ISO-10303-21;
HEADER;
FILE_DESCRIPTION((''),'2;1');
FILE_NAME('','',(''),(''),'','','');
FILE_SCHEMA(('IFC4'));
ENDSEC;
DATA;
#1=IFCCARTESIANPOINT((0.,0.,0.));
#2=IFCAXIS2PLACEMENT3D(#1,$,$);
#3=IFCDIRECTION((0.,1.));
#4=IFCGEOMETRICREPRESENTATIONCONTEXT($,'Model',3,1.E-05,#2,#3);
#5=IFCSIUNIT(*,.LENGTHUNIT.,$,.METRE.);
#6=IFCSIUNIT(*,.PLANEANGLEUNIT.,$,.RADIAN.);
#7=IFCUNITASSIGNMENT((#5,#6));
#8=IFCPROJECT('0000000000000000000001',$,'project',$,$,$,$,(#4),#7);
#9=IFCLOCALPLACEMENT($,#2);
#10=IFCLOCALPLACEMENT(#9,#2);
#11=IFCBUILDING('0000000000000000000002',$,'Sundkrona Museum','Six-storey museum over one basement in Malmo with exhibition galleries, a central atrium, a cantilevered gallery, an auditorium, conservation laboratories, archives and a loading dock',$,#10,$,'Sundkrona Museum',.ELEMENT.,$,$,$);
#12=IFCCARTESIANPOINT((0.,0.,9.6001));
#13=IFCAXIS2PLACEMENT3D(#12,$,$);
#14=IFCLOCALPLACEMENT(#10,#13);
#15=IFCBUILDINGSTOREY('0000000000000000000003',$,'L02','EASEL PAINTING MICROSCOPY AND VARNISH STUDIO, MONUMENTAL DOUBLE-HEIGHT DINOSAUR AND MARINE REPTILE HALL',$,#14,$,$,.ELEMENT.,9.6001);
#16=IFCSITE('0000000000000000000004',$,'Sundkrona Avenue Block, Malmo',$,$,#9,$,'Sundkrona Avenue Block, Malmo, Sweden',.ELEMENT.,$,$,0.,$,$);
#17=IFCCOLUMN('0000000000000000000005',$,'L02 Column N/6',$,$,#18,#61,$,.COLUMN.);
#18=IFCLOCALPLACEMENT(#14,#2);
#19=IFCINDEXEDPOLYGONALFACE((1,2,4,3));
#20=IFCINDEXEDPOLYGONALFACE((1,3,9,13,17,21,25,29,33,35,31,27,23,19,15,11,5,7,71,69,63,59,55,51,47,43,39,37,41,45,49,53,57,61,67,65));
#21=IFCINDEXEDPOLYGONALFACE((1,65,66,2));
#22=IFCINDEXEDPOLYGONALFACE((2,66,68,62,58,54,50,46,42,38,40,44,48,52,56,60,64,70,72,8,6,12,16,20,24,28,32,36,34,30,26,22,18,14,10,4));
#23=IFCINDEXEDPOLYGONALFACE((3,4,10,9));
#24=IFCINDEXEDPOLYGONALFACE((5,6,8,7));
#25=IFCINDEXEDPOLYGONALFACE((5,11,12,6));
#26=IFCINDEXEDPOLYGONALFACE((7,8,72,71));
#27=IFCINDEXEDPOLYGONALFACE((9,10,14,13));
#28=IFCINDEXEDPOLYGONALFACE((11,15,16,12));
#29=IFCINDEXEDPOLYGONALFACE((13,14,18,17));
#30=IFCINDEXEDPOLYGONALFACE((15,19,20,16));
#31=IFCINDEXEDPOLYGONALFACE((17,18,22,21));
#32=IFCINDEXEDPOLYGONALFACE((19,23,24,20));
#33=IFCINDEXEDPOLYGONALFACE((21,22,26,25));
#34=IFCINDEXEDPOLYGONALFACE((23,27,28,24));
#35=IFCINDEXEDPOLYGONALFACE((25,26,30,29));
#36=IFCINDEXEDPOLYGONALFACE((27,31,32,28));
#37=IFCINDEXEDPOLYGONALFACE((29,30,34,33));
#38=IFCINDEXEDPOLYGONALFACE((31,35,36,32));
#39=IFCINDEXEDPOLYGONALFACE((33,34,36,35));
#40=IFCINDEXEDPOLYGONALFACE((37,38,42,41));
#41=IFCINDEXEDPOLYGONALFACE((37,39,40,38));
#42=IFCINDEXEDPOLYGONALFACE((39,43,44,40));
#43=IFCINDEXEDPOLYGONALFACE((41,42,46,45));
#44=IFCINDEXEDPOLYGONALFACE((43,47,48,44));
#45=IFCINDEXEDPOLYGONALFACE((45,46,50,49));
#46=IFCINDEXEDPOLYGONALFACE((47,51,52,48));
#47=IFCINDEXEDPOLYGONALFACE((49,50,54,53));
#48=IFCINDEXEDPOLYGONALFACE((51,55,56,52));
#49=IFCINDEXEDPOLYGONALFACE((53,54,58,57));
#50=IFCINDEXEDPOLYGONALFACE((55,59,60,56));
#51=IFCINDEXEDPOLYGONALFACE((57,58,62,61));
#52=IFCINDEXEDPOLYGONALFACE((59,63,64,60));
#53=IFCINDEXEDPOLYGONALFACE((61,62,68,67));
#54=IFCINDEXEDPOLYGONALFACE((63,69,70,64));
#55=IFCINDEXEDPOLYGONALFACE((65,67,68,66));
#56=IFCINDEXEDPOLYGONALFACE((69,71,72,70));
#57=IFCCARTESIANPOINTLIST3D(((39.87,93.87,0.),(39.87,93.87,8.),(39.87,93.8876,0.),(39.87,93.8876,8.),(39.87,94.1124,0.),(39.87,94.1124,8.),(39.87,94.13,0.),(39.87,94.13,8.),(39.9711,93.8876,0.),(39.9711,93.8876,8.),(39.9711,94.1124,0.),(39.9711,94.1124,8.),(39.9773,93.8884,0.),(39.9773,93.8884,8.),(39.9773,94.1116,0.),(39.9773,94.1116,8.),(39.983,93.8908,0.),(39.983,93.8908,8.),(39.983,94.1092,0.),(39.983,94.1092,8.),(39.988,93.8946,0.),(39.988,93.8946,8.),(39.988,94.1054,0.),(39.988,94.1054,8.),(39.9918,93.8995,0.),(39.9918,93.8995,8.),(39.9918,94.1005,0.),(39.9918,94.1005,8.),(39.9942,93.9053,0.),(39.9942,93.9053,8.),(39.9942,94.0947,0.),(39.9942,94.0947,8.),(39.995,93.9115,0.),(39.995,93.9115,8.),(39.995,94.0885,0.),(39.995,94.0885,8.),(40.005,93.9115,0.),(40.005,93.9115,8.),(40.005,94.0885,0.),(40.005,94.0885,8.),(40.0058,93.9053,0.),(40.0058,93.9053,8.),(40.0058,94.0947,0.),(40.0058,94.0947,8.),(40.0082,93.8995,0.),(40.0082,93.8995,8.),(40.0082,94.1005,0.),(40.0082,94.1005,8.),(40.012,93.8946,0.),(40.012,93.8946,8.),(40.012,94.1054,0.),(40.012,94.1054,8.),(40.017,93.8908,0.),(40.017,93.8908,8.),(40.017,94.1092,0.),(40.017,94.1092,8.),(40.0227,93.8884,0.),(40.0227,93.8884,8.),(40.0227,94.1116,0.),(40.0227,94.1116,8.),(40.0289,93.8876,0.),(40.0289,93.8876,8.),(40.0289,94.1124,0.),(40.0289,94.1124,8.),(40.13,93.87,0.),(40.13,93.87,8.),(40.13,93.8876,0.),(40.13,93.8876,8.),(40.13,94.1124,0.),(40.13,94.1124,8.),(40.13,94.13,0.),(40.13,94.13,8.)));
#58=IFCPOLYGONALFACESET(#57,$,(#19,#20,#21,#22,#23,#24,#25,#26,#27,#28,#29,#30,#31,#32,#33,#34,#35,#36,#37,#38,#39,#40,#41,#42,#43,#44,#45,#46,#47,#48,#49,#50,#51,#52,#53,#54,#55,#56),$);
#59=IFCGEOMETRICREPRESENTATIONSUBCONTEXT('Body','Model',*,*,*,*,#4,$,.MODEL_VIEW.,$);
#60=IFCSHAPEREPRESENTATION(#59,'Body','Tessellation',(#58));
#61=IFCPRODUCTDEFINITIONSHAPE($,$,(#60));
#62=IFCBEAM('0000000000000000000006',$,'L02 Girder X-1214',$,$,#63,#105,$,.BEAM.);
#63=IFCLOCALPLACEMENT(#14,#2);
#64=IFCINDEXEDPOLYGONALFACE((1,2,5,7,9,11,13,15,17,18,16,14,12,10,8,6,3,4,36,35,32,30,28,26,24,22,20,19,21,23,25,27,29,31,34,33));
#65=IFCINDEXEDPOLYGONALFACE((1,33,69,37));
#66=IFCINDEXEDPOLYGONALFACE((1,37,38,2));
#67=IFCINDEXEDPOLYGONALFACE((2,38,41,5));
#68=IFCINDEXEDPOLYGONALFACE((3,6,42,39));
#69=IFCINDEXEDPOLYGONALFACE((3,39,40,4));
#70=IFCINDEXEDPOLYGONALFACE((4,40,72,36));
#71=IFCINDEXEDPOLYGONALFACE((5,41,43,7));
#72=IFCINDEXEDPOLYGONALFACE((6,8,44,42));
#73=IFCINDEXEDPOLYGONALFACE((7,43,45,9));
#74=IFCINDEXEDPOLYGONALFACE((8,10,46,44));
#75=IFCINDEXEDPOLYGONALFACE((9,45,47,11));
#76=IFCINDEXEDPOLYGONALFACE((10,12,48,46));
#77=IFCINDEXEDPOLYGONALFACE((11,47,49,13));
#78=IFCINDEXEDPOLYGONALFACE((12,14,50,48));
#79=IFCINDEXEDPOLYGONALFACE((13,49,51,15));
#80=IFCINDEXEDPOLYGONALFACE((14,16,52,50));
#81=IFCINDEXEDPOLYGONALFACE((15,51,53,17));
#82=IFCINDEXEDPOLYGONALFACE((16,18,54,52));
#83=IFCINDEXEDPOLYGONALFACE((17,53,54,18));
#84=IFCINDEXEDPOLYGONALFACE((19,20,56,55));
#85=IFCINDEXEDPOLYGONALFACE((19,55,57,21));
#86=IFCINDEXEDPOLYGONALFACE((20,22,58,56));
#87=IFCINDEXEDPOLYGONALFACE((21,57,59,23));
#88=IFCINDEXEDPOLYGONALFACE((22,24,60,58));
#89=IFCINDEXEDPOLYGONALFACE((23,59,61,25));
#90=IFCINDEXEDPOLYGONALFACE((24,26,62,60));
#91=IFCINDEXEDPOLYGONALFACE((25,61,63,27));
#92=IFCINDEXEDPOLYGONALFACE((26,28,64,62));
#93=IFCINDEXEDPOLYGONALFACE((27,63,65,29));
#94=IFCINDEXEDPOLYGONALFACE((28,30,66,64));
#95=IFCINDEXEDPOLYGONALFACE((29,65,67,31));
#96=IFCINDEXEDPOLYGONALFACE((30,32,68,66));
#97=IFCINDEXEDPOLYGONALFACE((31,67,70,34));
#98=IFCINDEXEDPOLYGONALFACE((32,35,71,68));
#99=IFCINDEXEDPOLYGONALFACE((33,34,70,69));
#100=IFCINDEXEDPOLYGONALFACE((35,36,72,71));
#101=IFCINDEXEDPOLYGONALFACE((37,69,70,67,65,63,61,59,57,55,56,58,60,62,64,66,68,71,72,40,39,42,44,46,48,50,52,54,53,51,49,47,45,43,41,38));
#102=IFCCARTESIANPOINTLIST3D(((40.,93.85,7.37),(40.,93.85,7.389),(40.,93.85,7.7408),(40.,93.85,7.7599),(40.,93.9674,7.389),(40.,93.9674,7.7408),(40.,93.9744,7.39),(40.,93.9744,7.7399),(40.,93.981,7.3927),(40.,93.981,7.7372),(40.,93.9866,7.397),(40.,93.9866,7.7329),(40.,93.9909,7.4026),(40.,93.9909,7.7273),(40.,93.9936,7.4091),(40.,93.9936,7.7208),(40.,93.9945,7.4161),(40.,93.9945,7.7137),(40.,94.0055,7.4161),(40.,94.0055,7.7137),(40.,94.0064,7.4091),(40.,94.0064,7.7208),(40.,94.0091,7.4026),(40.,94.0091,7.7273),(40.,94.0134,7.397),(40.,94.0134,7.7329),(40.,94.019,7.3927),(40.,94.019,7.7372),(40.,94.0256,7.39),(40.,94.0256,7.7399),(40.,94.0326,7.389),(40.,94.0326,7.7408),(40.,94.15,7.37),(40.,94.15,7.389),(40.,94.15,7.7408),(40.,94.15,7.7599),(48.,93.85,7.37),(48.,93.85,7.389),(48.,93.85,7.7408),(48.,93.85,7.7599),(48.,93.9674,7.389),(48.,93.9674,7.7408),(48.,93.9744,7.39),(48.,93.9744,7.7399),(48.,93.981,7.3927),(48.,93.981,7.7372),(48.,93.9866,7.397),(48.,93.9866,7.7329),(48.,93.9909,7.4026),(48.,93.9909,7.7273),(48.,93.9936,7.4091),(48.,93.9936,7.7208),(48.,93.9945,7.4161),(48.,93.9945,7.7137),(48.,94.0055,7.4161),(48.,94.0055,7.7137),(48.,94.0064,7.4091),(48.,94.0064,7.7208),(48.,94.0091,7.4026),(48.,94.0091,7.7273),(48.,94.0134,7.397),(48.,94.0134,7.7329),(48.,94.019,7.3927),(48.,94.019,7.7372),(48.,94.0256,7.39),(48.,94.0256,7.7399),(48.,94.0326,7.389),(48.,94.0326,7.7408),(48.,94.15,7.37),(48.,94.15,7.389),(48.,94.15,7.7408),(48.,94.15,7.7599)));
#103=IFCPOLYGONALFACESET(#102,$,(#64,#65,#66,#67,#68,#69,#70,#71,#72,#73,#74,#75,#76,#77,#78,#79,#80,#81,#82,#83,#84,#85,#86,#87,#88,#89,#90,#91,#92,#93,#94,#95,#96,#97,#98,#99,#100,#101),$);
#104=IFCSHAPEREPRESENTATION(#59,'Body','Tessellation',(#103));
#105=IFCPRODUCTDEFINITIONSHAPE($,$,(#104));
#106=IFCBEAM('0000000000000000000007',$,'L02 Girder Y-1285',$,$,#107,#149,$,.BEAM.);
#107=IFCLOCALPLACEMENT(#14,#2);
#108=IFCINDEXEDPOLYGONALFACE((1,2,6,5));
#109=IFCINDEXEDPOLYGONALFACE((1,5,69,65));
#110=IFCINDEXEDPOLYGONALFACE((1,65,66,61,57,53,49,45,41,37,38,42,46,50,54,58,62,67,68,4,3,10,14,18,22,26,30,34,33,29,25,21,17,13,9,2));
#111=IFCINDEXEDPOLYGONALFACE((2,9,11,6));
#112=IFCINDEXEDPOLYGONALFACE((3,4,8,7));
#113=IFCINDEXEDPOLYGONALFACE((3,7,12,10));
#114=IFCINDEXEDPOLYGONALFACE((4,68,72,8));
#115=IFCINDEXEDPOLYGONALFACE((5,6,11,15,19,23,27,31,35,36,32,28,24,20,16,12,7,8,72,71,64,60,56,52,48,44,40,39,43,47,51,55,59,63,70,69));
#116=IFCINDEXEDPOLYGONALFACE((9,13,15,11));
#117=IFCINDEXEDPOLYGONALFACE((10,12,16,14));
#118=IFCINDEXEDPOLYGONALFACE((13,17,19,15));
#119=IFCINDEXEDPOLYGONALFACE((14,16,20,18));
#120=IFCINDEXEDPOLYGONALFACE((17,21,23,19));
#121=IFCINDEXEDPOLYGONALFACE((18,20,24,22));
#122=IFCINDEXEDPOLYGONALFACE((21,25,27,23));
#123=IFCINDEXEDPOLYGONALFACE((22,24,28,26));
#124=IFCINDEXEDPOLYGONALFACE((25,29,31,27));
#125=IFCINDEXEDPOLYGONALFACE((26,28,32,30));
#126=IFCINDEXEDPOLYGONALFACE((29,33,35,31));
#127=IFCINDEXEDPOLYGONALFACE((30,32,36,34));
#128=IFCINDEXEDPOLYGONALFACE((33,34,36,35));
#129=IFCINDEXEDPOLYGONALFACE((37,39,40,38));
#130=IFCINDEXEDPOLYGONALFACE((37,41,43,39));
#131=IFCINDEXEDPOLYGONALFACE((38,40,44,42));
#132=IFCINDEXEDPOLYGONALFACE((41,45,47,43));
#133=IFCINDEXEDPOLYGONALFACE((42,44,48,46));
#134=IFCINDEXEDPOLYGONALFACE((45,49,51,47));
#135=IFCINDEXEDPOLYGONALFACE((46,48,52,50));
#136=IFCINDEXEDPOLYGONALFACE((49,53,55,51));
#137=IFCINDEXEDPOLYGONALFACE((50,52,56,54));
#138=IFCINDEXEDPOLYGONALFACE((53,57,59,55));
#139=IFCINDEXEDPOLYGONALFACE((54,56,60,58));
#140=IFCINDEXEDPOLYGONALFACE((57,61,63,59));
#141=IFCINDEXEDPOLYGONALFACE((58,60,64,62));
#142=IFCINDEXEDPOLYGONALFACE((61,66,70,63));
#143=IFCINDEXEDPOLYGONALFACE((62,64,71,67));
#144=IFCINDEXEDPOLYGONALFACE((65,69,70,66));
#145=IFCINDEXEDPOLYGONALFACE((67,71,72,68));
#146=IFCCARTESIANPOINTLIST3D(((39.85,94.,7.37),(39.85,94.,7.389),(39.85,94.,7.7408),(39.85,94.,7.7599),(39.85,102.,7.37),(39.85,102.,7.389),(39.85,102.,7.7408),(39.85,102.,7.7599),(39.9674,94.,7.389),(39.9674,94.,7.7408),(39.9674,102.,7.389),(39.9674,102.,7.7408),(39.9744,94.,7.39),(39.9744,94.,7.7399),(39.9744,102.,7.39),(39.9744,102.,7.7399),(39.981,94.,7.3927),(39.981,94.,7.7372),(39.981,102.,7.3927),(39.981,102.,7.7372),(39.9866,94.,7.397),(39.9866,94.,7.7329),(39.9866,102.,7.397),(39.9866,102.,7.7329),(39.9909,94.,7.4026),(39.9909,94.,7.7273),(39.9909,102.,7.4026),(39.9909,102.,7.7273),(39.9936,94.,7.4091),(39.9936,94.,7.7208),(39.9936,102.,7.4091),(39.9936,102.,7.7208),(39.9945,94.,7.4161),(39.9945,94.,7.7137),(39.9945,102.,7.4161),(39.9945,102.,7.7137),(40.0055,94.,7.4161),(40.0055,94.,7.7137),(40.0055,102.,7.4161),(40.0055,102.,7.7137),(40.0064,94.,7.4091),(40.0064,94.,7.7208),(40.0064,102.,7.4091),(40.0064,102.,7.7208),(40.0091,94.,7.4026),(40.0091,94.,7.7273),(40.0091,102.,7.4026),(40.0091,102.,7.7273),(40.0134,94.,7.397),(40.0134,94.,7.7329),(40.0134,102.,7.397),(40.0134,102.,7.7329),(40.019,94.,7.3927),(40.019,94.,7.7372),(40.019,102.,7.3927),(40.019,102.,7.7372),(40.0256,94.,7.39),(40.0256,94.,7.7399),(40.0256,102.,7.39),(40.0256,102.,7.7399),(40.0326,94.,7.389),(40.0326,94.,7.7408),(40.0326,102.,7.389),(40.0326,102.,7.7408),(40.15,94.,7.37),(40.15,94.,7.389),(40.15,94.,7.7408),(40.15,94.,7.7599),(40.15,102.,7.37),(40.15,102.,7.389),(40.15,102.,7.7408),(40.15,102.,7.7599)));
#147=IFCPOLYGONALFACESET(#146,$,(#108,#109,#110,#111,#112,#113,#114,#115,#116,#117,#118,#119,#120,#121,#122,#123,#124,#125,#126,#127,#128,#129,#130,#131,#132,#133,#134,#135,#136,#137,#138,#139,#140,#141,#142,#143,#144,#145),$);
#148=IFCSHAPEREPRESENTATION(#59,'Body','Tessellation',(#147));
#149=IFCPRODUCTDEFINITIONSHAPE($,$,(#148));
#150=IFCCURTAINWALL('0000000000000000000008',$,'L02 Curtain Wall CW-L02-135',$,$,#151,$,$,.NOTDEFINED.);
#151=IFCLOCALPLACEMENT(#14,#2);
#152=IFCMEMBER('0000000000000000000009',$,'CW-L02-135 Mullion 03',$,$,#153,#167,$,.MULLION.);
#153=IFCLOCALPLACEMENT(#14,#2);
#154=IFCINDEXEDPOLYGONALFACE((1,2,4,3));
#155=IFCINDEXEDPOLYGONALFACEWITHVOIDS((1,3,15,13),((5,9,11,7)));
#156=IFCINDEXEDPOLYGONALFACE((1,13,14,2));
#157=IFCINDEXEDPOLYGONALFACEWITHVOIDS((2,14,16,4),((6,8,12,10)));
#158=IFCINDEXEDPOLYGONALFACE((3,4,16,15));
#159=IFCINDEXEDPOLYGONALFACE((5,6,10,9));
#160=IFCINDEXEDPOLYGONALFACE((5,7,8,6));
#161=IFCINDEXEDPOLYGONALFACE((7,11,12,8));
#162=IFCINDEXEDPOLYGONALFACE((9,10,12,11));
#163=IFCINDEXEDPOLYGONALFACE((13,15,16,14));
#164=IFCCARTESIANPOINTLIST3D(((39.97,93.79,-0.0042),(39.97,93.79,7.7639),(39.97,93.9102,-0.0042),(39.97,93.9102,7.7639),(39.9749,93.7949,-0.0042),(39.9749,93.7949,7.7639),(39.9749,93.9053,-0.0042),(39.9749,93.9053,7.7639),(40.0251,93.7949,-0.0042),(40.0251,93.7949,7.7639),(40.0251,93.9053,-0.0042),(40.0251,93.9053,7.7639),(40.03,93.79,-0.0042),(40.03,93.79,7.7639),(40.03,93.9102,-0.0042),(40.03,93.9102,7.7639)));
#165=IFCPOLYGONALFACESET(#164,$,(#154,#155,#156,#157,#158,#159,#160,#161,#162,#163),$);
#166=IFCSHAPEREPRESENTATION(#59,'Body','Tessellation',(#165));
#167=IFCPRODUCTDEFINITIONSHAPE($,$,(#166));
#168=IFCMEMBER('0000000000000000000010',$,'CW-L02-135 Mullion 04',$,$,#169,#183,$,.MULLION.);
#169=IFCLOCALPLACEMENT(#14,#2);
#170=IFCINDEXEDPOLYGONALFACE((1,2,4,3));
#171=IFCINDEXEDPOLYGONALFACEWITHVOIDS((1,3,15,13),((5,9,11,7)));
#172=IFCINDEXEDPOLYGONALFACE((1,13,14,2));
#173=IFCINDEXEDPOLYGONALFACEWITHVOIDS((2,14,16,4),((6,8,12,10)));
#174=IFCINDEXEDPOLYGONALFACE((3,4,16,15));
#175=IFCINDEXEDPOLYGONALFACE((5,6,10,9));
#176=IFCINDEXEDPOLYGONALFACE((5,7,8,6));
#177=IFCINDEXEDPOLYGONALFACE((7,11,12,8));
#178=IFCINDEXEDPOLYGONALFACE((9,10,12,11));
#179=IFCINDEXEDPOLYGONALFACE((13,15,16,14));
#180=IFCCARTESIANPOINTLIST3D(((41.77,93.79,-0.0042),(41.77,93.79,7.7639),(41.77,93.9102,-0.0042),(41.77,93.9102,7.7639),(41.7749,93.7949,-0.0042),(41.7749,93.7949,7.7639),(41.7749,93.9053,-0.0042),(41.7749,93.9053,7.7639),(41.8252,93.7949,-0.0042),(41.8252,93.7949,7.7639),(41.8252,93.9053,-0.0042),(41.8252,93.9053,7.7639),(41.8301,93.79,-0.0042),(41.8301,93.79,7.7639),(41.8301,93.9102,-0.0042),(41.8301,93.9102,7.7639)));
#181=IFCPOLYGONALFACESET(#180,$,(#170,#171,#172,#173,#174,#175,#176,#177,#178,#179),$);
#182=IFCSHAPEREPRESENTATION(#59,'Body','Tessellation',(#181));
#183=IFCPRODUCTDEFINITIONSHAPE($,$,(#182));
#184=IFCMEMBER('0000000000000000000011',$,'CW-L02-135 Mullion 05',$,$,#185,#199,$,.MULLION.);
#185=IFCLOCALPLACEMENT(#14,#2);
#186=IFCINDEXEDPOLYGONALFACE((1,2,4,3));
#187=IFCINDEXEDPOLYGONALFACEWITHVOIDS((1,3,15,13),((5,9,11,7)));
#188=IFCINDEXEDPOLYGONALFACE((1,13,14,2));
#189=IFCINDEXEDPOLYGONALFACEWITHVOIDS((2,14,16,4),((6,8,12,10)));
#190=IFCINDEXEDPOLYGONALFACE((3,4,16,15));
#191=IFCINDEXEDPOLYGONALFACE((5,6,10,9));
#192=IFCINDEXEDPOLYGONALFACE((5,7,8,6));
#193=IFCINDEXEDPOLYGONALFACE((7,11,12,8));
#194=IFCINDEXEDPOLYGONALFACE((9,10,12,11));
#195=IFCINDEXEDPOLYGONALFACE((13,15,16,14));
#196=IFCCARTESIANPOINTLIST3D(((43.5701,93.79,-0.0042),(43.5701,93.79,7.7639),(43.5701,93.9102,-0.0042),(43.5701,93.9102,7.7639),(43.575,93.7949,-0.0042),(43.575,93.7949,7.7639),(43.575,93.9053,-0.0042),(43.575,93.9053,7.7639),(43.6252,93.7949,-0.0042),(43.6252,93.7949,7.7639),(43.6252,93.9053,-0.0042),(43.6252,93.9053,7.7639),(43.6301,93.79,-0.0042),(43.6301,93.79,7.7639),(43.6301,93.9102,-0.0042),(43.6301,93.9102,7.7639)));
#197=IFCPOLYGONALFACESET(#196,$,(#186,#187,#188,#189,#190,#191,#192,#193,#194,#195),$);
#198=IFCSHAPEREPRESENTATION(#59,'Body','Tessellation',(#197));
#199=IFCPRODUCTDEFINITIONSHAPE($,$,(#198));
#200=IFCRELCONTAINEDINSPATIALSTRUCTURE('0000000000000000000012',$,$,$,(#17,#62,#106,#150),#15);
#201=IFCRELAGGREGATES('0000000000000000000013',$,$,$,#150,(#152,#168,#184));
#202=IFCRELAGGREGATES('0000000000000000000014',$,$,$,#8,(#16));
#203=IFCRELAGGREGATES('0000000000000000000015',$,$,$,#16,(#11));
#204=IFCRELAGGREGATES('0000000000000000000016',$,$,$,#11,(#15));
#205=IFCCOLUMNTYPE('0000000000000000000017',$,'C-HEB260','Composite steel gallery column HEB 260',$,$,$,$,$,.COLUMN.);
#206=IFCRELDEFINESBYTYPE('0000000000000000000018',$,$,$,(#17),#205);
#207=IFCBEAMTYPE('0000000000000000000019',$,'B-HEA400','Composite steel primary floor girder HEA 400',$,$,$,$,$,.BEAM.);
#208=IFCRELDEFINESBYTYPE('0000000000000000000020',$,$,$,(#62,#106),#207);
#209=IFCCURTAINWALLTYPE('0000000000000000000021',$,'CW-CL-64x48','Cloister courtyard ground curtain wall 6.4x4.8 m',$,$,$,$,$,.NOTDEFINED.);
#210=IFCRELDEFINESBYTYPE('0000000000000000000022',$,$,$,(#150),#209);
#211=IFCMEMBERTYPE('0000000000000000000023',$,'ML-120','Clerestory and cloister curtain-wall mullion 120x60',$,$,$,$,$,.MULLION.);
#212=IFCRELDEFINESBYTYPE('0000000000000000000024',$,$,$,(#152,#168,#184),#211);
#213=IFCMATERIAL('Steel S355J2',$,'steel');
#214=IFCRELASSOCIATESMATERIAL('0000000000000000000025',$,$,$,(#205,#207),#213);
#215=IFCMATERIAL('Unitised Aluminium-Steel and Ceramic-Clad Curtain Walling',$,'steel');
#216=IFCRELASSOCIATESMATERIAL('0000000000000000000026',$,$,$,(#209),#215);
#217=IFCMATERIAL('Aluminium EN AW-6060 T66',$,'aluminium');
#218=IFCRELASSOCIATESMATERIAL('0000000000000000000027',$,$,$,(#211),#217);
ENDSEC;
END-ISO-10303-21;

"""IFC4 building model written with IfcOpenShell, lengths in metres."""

from ifc_helpers import new_model, si_unit, direction, frame, origin, origin_2d, place, context, subcontext, project, spatial, hollow_rectangle, i_section, extrude, material, material_profile, profile_set, type_object, element, aggregate, save


model = new_model("IFC4")

# Units and contexts
model_context = context("Model", 3, precision=1e-05, world=origin(), true_north=direction((0.0, 1.0)))
body_context = subcontext(model_context, "Body", "Model", "MODEL_VIEW")
ifc_project = project(units=[si_unit("LENGTHUNIT", "METRE"), si_unit("PLANEANGLEUNIT", "RADIAN")], contexts=[model_context])

# Site, building, storey
site_placement = place(None, origin())
site = spatial("IfcSite", under=ifc_project, at=site_placement, Name="Sundkrona Avenue Block, Malmo", LongName="Sundkrona Avenue Block, Malmo, Sweden", CompositionType="ELEMENT", RefElevation=0.0)
building_placement = place(site_placement, origin())
building = spatial("IfcBuilding", under=site, at=building_placement, Name="Sundkrona Museum", Description="Six-storey museum over one basement in Malmo with exhibition galleries, a central atrium, a cantilevered gallery, an auditorium, conservation laboratories, archives and a loading dock", LongName="Sundkrona Museum", CompositionType="ELEMENT")
storey_placement = place(building_placement, frame((0.0, 0.0, 9.6001)))
storey = spatial("IfcBuildingStorey", under=building, at=storey_placement, Name="L02", Description="EASEL PAINTING MICROSCOPY AND VARNISH STUDIO, MONUMENTAL DOUBLE-HEIGHT DINOSAUR AND MARINE REPTILE HALL", CompositionType="ELEMENT", Elevation=9.6001)

# Column
ifc_material_1 = material(Name="Steel S355J2", Category="steel")
ifc_material_profile_1 = material_profile(ifc_material_1, i_section(OverallWidth=0.26, OverallDepth=0.26, WebThickness=0.01, FlangeThickness=0.0176, FilletRadius=0.0239, at=origin_2d()), Name="HEB 260")
ifc_profile_set_1 = profile_set([ifc_material_profile_1], Name="Steel S355J2")
column_type = type_object("IfcColumnType", Name="C-HEB260", Description="Composite steel gallery column HEB 260", PredefinedType="COLUMN", material=ifc_profile_set_1)
column_placement = place(storey_placement, frame((40.0, 94.0, 0.0), z_axis=(0.0, 0.0, 1.0), x_axis=(1.0, 0.0, 0.0)))
element("IfcColumn", 1, at=column_placement, inside=storey, type_object=column_type, Name="L02 Column N/6", PredefinedType="COLUMN", context=body_context, shape_type="SweptSolid", body=[
    extrude(i_section(OverallWidth=0.26, OverallDepth=0.26, WebThickness=0.01, FlangeThickness=0.0176, FilletRadius=0.0239, at=origin_2d()), origin(), (0.0, 0.0, 1.0), 8.0),
])

# Beams
ifc_material_profile_2 = material_profile(ifc_material_1, i_section(OverallWidth=0.3, OverallDepth=0.3899, WebThickness=0.011, FlangeThickness=0.019, FilletRadius=0.0271, at=origin_2d()), Name="HEA 400")
ifc_profile_set_2 = profile_set([ifc_material_profile_2], Name="Steel S355J2")
beam_type = type_object("IfcBeamType", Name="B-HEA400", Description="Composite steel primary floor girder HEA 400", PredefinedType="BEAM", material=ifc_profile_set_2)
for number, where, z_axis, x_axis, name in (
    (2, (40.0, 94.0, 7.5649), (1.0, 0.0, 0.0), (0.0, 1.0, 0.0), "L02 Girder X-1214"),
    (3, (40.0, 94.0, 7.5649), (0.0, 1.0, 0.0), (-1.0, 0.0, 0.0), "L02 Girder Y-1285"),
):
    element("IfcBeam", number, at=place(storey_placement, frame(where, z_axis=z_axis, x_axis=x_axis)), inside=storey, type_object=beam_type, Name=name, PredefinedType="BEAM", context=body_context, shape_type="SweptSolid", body=[
        extrude(i_section(OverallWidth=0.3, OverallDepth=0.3899, WebThickness=0.011, FlangeThickness=0.019, FilletRadius=0.0271, at=origin_2d()), origin(), (0.0, 0.0, 1.0), 8.0),
    ])

# Curtain wall, members
ifc_material_2 = material(Name="Unitised Aluminium-Steel and Ceramic-Clad Curtain Walling", Category="steel")
curtain_wall_type = type_object("IfcCurtainWallType", Name="CW-CL-64x48", Description="Cloister courtyard ground curtain wall 6.4x4.8 m", PredefinedType="NOTDEFINED", material=ifc_material_2)
curtain_wall_placement = place(storey_placement, origin())
curtain_wall = element("IfcCurtainWall", 4, at=curtain_wall_placement, inside=storey, type_object=curtain_wall_type, Name="L02 Curtain Wall CW-L02-135", PredefinedType="NOTDEFINED")
ifc_material_3 = material(Name="Aluminium EN AW-6060 T66", Category="aluminium")
ifc_material_profile_3 = material_profile(ifc_material_3, hollow_rectangle(XDim=0.0601, YDim=0.1201, WallThickness=0.0049, at=origin_2d()), Name="RHS 120x60x5.0")
ifc_profile_set_3 = profile_set([ifc_material_profile_3], Name="Aluminium EN AW-6060 T66")
member_type_1 = type_object("IfcMemberType", Name="ML-120", Description="Clerestory and cloister curtain-wall mullion 120x60", PredefinedType="MULLION", material=ifc_profile_set_3)
member_1_placement = place(storey_placement, frame((40.0, 93.8501, -0.0042), z_axis=(0.0, 0.0, 1.0), x_axis=(1.0, 0.0, 0.0)))
member_1 = element("IfcMember", 5, at=member_1_placement, type_object=member_type_1, Name="CW-L02-135 Mullion 03", PredefinedType="MULLION", context=body_context, shape_type="SweptSolid", body=[
    extrude(hollow_rectangle(XDim=0.0601, YDim=0.1201, WallThickness=0.0049, at=origin_2d()), origin(), (0.0, 0.0, 1.0), 7.7681),
])
member_2_placement = place(storey_placement, frame((41.8, 93.8501, -0.0042), z_axis=(0.0, 0.0, 1.0), x_axis=(1.0, 0.0, 0.0)))
member_2 = element("IfcMember", 6, at=member_2_placement, type_object=member_type_1, Name="CW-L02-135 Mullion 04", PredefinedType="MULLION", context=body_context, shape_type="SweptSolid", body=[
    extrude(hollow_rectangle(XDim=0.0601, YDim=0.1201, WallThickness=0.0049, at=origin_2d()), origin(), (0.0, 0.0, 1.0), 7.7681),
])
member_3_placement = place(storey_placement, frame((43.6001, 93.8501, -0.0042), z_axis=(0.0, 0.0, 1.0), x_axis=(1.0, 0.0, 0.0)))
member_3 = element("IfcMember", 7, at=member_3_placement, type_object=member_type_1, Name="CW-L02-135 Mullion 05", PredefinedType="MULLION", context=body_context, shape_type="SweptSolid", body=[
    extrude(hollow_rectangle(XDim=0.0601, YDim=0.1201, WallThickness=0.0049, at=origin_2d()), origin(), (0.0, 0.0, 1.0), 7.7681),
])
aggregate(curtain_wall, [member_1, member_2, member_3])

save(model, "model.ifc")
